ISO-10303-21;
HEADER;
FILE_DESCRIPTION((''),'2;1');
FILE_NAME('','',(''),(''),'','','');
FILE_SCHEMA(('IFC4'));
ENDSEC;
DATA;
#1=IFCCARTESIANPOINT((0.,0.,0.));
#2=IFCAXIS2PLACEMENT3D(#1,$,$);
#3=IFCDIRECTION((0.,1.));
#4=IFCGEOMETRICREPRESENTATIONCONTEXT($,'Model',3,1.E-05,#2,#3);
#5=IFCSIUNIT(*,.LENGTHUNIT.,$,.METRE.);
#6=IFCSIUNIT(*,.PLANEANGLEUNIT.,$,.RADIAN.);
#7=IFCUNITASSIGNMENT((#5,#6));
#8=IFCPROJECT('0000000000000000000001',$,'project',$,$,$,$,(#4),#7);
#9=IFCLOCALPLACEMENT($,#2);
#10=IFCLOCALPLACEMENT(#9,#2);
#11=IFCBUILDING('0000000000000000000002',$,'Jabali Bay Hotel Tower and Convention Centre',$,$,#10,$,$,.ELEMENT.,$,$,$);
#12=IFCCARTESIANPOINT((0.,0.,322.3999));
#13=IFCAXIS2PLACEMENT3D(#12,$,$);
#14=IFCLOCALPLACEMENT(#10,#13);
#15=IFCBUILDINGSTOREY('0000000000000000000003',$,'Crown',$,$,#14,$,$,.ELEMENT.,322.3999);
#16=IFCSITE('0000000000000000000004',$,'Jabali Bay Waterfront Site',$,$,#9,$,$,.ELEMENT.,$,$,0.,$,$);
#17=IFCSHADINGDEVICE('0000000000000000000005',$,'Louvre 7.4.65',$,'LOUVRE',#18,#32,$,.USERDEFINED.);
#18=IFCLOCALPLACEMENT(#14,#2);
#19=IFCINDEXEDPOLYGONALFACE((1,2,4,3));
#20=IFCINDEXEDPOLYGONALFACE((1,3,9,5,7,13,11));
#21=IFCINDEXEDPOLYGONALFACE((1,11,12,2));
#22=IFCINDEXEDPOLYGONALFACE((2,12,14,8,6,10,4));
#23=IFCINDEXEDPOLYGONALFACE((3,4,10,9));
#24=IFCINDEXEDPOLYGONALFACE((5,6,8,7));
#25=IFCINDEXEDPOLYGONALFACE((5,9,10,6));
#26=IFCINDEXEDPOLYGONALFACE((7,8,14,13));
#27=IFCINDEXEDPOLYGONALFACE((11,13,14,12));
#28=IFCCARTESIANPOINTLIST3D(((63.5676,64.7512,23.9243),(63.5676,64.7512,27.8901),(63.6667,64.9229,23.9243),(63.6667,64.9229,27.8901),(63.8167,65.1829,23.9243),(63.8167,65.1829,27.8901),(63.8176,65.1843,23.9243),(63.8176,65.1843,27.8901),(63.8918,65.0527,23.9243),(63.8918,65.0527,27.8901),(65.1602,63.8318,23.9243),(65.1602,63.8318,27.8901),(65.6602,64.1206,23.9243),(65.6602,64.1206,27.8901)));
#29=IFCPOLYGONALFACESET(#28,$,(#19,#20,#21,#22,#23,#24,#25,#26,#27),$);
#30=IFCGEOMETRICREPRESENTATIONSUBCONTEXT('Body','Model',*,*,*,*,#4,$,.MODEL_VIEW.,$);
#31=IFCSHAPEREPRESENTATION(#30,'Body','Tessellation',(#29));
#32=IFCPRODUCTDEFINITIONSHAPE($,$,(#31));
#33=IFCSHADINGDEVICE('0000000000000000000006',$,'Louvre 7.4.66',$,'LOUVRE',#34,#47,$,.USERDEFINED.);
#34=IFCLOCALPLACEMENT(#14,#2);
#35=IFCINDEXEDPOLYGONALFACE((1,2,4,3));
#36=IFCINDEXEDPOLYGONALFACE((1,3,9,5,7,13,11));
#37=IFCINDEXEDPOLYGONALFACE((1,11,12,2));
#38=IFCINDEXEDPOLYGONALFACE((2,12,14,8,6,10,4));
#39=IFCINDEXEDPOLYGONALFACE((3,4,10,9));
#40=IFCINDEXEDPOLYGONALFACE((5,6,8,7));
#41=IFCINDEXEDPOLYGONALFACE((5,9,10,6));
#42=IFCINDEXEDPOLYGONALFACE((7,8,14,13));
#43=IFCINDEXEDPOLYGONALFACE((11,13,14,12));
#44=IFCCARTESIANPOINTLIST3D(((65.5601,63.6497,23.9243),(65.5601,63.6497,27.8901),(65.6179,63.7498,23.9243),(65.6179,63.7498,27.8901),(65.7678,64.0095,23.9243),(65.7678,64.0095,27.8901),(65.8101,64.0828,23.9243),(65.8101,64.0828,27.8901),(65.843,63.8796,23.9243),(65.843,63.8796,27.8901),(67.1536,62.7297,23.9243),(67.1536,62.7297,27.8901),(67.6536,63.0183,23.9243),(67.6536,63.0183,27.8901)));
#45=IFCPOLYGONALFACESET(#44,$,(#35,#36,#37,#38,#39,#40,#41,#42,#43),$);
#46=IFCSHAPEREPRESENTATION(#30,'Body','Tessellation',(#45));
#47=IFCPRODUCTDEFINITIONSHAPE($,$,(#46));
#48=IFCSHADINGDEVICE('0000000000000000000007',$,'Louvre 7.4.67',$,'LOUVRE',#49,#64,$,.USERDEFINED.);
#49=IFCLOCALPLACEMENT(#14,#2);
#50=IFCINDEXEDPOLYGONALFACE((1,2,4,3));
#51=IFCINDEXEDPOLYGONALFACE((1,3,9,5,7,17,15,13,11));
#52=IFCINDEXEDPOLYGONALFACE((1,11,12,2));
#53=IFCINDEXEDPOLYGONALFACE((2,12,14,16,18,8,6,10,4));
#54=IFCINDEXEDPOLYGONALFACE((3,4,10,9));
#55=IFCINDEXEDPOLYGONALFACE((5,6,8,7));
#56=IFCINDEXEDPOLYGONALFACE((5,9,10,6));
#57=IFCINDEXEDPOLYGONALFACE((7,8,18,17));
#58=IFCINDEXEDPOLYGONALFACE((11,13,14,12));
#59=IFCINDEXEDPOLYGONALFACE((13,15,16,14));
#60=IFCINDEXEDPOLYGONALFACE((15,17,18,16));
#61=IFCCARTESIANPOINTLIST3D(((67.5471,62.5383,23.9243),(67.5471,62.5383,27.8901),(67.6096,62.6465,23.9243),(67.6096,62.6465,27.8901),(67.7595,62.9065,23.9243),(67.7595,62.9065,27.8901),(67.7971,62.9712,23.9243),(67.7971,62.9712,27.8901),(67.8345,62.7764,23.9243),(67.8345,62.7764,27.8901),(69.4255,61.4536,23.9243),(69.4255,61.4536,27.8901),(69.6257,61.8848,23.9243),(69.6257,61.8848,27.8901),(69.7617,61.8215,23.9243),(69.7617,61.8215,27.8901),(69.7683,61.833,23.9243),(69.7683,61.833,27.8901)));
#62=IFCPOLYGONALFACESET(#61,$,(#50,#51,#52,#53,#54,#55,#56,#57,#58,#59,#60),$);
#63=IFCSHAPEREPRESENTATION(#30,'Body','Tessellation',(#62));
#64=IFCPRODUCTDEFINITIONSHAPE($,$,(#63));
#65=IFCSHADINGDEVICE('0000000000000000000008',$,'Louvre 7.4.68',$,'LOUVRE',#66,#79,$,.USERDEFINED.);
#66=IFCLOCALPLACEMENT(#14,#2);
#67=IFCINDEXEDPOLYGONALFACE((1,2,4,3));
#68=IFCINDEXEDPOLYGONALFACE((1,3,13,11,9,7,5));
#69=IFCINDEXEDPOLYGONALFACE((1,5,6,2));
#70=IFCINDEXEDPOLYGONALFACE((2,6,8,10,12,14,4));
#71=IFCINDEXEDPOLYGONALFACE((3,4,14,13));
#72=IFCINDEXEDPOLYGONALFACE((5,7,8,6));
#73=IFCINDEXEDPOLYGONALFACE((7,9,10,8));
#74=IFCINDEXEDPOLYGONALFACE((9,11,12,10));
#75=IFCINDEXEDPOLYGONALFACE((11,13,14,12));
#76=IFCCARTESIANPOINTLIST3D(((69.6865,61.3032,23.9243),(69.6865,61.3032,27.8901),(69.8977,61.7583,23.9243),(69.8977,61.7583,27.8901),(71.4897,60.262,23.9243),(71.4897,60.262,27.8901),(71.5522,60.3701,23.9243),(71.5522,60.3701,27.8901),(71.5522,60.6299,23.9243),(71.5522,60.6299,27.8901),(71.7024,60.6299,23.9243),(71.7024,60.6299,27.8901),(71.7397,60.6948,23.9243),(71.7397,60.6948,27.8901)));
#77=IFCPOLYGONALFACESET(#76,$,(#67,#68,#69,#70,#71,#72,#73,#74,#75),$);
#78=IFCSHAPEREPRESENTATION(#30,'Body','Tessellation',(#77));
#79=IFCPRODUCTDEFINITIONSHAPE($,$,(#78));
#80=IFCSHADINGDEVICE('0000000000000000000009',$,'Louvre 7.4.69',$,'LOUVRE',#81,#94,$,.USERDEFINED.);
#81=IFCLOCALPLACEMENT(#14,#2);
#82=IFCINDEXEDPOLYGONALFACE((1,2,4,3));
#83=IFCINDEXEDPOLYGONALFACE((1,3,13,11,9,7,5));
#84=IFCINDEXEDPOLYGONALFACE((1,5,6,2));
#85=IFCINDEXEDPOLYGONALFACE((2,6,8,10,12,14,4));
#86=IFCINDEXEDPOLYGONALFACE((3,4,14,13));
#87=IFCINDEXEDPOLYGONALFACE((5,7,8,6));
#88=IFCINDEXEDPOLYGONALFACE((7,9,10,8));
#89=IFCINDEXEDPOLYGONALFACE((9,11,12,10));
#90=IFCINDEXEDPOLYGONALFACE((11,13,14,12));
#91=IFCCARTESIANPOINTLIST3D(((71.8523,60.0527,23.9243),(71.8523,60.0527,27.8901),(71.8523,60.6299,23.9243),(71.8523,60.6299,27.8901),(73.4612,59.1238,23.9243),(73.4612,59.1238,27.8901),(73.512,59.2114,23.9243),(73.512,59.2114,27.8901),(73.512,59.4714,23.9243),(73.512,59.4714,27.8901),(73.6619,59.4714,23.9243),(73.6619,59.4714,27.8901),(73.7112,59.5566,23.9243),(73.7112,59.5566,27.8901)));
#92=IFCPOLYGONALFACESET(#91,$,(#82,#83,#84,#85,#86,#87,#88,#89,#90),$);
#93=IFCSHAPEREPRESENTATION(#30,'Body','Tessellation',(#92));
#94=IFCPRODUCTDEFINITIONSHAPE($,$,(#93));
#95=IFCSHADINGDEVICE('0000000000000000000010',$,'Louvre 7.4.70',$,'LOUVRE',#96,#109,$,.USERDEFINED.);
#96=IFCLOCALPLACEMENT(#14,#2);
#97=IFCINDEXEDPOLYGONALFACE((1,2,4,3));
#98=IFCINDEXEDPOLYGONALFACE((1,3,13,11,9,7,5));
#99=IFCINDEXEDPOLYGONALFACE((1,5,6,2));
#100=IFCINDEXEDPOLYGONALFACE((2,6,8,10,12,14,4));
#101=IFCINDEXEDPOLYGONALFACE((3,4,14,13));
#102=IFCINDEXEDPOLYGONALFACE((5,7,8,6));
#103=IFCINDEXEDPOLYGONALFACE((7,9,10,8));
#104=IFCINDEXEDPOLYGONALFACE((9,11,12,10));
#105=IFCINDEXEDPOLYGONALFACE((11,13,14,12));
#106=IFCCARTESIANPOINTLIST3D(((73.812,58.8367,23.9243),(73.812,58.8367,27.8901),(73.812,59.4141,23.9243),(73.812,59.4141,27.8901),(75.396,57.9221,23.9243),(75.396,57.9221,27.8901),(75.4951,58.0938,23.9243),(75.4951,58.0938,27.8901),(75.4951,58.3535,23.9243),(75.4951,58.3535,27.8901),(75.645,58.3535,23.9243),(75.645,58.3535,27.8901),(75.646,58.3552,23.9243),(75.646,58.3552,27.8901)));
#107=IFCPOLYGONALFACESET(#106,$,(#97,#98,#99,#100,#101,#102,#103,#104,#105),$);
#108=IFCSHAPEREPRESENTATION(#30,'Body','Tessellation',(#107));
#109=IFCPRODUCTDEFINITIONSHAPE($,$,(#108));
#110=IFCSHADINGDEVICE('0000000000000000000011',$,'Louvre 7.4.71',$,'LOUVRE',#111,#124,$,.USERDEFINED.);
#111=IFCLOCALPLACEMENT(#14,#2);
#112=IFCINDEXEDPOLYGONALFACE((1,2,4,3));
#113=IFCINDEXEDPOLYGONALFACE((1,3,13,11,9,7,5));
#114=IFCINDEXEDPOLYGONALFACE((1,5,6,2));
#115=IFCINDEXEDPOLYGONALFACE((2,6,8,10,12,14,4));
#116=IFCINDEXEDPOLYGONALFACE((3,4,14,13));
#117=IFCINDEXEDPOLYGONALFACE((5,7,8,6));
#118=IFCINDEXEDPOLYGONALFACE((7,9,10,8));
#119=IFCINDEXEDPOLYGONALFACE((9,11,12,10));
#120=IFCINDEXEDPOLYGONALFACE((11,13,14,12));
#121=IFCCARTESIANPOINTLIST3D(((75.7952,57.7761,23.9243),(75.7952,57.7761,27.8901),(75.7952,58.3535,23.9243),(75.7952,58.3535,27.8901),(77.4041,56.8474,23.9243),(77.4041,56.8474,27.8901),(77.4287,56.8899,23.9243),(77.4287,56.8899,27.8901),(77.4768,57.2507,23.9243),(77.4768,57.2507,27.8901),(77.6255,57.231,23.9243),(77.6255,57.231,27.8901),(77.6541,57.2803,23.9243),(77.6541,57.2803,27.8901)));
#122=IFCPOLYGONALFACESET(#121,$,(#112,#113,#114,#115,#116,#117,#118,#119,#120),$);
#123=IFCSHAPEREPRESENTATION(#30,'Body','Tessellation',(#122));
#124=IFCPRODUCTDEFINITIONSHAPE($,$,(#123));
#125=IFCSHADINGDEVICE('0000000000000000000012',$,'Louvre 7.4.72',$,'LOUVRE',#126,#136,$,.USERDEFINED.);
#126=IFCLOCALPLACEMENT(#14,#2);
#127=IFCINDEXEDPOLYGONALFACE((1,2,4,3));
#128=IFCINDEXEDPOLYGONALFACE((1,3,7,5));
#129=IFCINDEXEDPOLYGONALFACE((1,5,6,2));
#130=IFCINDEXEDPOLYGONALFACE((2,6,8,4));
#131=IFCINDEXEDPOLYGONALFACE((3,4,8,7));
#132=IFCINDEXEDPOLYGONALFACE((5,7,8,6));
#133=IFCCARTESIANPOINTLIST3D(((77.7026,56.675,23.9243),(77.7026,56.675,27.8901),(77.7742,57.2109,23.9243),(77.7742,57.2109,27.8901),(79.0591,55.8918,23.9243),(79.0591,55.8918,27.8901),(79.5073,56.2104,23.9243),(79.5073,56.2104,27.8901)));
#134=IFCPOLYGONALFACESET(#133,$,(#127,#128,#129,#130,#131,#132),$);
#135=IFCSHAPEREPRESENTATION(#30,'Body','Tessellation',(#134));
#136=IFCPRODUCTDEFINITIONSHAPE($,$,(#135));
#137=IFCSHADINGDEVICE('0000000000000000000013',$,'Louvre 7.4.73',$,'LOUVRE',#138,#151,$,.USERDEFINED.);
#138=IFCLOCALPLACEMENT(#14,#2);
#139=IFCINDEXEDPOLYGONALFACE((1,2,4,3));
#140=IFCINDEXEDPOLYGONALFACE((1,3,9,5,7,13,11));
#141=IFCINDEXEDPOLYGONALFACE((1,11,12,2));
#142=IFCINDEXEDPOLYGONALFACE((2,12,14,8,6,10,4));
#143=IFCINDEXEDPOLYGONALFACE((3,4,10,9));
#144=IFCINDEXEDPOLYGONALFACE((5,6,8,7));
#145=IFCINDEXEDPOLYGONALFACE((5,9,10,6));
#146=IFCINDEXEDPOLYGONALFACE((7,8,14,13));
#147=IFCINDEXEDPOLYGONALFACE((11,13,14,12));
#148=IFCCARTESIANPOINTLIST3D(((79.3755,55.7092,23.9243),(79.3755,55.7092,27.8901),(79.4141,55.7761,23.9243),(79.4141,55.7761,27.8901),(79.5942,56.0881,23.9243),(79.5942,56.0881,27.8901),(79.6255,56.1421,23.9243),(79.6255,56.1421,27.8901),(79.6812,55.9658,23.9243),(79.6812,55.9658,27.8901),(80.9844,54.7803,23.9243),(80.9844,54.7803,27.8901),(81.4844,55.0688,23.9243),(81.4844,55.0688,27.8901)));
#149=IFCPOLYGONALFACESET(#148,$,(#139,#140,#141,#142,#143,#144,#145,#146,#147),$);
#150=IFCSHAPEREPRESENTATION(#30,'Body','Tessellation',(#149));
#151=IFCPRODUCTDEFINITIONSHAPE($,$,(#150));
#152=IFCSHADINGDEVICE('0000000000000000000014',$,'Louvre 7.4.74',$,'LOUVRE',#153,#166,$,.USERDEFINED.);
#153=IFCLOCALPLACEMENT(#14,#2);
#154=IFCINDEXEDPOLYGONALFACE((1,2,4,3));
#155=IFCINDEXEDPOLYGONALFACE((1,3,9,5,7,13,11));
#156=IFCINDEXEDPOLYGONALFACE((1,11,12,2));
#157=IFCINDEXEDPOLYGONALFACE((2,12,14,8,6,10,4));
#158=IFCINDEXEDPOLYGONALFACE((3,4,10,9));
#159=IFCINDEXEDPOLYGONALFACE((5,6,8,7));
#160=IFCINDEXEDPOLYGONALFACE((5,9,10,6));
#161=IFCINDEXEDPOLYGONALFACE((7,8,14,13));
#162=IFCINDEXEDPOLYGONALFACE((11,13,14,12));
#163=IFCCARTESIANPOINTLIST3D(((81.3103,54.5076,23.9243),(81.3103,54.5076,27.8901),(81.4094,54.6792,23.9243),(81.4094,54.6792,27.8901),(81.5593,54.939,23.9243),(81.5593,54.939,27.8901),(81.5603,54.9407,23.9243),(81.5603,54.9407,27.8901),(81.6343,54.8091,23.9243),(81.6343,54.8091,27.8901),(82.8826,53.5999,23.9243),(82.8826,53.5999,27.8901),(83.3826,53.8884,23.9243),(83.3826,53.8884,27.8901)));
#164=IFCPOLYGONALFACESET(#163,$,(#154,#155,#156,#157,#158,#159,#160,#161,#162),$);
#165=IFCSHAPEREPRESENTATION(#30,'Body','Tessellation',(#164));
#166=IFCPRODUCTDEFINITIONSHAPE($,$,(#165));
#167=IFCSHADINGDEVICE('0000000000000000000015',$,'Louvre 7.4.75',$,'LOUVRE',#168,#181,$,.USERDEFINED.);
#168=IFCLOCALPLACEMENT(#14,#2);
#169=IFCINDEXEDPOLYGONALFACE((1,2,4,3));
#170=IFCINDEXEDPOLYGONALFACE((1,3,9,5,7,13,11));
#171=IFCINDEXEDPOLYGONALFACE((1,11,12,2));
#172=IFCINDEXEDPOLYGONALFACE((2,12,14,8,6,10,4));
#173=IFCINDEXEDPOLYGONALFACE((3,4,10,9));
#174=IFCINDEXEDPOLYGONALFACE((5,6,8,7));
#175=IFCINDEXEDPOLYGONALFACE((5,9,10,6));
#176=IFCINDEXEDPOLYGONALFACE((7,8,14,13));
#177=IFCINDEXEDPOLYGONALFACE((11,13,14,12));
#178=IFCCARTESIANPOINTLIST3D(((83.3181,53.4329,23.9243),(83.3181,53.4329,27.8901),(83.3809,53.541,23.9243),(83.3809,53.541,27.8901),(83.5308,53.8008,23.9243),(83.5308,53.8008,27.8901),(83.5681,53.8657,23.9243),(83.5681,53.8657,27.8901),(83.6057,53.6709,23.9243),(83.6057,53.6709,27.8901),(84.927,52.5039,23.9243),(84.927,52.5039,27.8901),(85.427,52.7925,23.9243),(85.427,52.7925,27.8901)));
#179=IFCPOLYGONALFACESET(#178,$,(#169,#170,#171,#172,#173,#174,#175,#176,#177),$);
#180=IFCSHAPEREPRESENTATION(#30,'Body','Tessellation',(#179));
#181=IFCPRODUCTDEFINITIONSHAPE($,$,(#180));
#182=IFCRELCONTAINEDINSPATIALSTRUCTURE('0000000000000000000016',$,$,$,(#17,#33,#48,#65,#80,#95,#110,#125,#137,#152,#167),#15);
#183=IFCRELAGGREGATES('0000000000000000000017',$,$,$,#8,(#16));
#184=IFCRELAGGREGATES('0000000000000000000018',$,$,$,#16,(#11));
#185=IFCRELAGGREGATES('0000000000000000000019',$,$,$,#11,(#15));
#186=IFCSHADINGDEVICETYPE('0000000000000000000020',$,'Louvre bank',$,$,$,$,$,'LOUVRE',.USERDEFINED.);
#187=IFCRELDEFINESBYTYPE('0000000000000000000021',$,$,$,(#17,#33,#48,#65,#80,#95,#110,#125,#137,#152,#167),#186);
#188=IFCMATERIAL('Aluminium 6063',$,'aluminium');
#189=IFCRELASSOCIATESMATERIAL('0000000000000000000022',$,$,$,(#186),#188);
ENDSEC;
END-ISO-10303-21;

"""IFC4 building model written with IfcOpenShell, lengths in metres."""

from ifc_helpers import new_model, si_unit, direction, frame, origin, place, context, subcontext, project, spatial, polyline, outline, extrude, material, type_object, element, save


model = new_model("IFC4")

# Units and contexts
model_context = context("Model", 3, precision=1e-05, world=origin(), true_north=direction((0.0, 1.0)))
body_context = subcontext(model_context, "Body", "Model", "MODEL_VIEW")
ifc_project = project(units=[si_unit("LENGTHUNIT", "METRE"), si_unit("PLANEANGLEUNIT", "RADIAN")], contexts=[model_context])

# Site, building, storey
site_placement = place(None, origin())
site = spatial("IfcSite", under=ifc_project, at=site_placement, Name="Jabali Bay Waterfront Site", CompositionType="ELEMENT", RefElevation=0.0)
building_placement = place(site_placement, origin())
building = spatial("IfcBuilding", under=site, at=building_placement, Name="Jabali Bay Hotel Tower and Convention Centre", CompositionType="ELEMENT")
storey_placement = place(building_placement, frame((0.0, 0.0, 322.3999)))
storey = spatial("IfcBuildingStorey", under=building, at=storey_placement, Name="Crown", CompositionType="ELEMENT", Elevation=322.3999)

# Shading devices
ifc_material_1 = material(Name="Aluminium 6063", Category="aluminium")
shading_device_type = type_object("IfcShadingDeviceType", Name="Louvre bank", ElementType="LOUVRE", PredefinedType="USERDEFINED", material=ifc_material_1)
shading_device_1_placement = place(storey_placement, frame((0.0, 0.0, 23.9243)))
element("IfcShadingDevice", 1, at=shading_device_1_placement, inside=storey, type_object=shading_device_type, Name="Louvre 7.4.65", ObjectType="LOUVRE", PredefinedType="USERDEFINED", context=body_context, shape_type="SweptSolid", body=[
    extrude(outline(polyline([(65.6602, 64.1206), (63.8176, 65.1843), (63.8167, 65.1829), (63.8918, 65.0527), (63.6667, 64.9229), (63.5676, 64.7512), (65.1602, 63.8318), (65.6602, 64.1206)])), origin(), (0.0, 0.0, 1.0), 3.9658),
])
shading_device_2_placement = place(storey_placement, frame((0.0, 0.0, 23.9243)))
element("IfcShadingDevice", 2, at=shading_device_2_placement, inside=storey, type_object=shading_device_type, Name="Louvre 7.4.66", ObjectType="LOUVRE", PredefinedType="USERDEFINED", context=body_context, shape_type="SweptSolid", body=[
    extrude(outline(polyline([(67.6536, 63.0183), (65.8101, 64.0828), (65.7678, 64.0095), (65.843, 63.8796), (65.6179, 63.7498), (65.5601, 63.6497), (67.1536, 62.7297), (67.6536, 63.0183)])), origin(), (0.0, 0.0, 1.0), 3.9658),
])
shading_device_3_placement = place(storey_placement, frame((0.0, 0.0, 23.9243)))
element("IfcShadingDevice", 3, at=shading_device_3_placement, inside=storey, type_object=shading_device_type, Name="Louvre 7.4.67", ObjectType="LOUVRE", PredefinedType="USERDEFINED", context=body_context, shape_type="SweptSolid", body=[
    extrude(outline(polyline([(69.7683, 61.833), (67.7971, 62.9712), (67.7595, 62.9065), (67.8345, 62.7764), (67.6096, 62.6465), (67.5471, 62.5383), (69.4255, 61.4536), (69.6257, 61.8848), (69.7617, 61.8215), (69.7683, 61.833)])), origin(), (0.0, 0.0, 1.0), 3.9658),
])
shading_device_4_placement = place(storey_placement, frame((0.0, 0.0, 23.9243)))
element("IfcShadingDevice", 4, at=shading_device_4_placement, inside=storey, type_object=shading_device_type, Name="Louvre 7.4.68", ObjectType="LOUVRE", PredefinedType="USERDEFINED", context=body_context, shape_type="SweptSolid", body=[
    extrude(outline(polyline([(71.7397, 60.6948), (69.8977, 61.7583), (69.6865, 61.3032), (71.4897, 60.262), (71.5522, 60.3701), (71.5522, 60.6299), (71.7024, 60.6299), (71.7397, 60.6948)])), origin(), (0.0, 0.0, 1.0), 3.9658),
])
shading_device_5_placement = place(storey_placement, frame((0.0, 0.0, 23.9243)))
element("IfcShadingDevice", 5, at=shading_device_5_placement, inside=storey, type_object=shading_device_type, Name="Louvre 7.4.69", ObjectType="LOUVRE", PredefinedType="USERDEFINED", context=body_context, shape_type="SweptSolid", body=[
    extrude(outline(polyline([(73.7112, 59.5566), (71.8523, 60.6299), (71.8523, 60.0527), (73.4612, 59.1238), (73.512, 59.2114), (73.512, 59.4714), (73.6619, 59.4714), (73.7112, 59.5566)])), origin(), (0.0, 0.0, 1.0), 3.9658),
])
shading_device_6_placement = place(storey_placement, frame((0.0, 0.0, 23.9243)))
element("IfcShadingDevice", 6, at=shading_device_6_placement, inside=storey, type_object=shading_device_type, Name="Louvre 7.4.70", ObjectType="LOUVRE", PredefinedType="USERDEFINED", context=body_context, shape_type="SweptSolid", body=[
    extrude(outline(polyline([(75.646, 58.3552), (73.812, 59.4141), (73.812, 58.8367), (75.396, 57.9221), (75.4951, 58.0938), (75.4951, 58.3535), (75.645, 58.3535), (75.646, 58.3552)])), origin(), (0.0, 0.0, 1.0), 3.9658),
])
shading_device_7_placement = place(storey_placement, frame((0.0, 0.0, 23.9243)))
element("IfcShadingDevice", 7, at=shading_device_7_placement, inside=storey, type_object=shading_device_type, Name="Louvre 7.4.71", ObjectType="LOUVRE", PredefinedType="USERDEFINED", context=body_context, shape_type="SweptSolid", body=[
    extrude(outline(polyline([(77.6541, 57.2803), (75.7952, 58.3535), (75.7952, 57.7761), (77.4041, 56.8474), (77.4287, 56.8899), (77.4768, 57.2507), (77.6255, 57.231), (77.6541, 57.2803)])), origin(), (0.0, 0.0, 1.0), 3.9658),
])
shading_device_8_placement = place(storey_placement, frame((0.0, 0.0, 23.9243)))
element("IfcShadingDevice", 8, at=shading_device_8_placement, inside=storey, type_object=shading_device_type, Name="Louvre 7.4.72", ObjectType="LOUVRE", PredefinedType="USERDEFINED", context=body_context, shape_type="SweptSolid", body=[
    extrude(outline(polyline([(79.5073, 56.2104), (77.7742, 57.2109), (77.7026, 56.675), (79.0591, 55.8918), (79.5073, 56.2104)])), origin(), (0.0, 0.0, 1.0), 3.9658),
])
shading_device_9_placement = place(storey_placement, frame((0.0, 0.0, 23.9243)))
element("IfcShadingDevice", 9, at=shading_device_9_placement, inside=storey, type_object=shading_device_type, Name="Louvre 7.4.73", ObjectType="LOUVRE", PredefinedType="USERDEFINED", context=body_context, shape_type="SweptSolid", body=[
    extrude(outline(polyline([(81.4844, 55.0688), (79.6255, 56.1421), (79.5942, 56.0881), (79.6812, 55.9658), (79.4141, 55.7761), (79.3755, 55.7092), (80.9844, 54.7803), (81.4844, 55.0688)])), origin(), (0.0, 0.0, 1.0), 3.9658),
])
shading_device_10_placement = place(storey_placement, frame((0.0, 0.0, 23.9243)))
element("IfcShadingDevice", 10, at=shading_device_10_placement, inside=storey, type_object=shading_device_type, Name="Louvre 7.4.74", ObjectType="LOUVRE", PredefinedType="USERDEFINED", context=body_context, shape_type="SweptSolid", body=[
    extrude(outline(polyline([(83.3826, 53.8884), (81.5603, 54.9407), (81.5593, 54.939), (81.6343, 54.8091), (81.4094, 54.6792), (81.3103, 54.5076), (82.8826, 53.5999), (83.3826, 53.8884)])), origin(), (0.0, 0.0, 1.0), 3.9658),
])
shading_device_11_placement = place(storey_placement, frame((0.0, 0.0, 23.9243)))
element("IfcShadingDevice", 11, at=shading_device_11_placement, inside=storey, type_object=shading_device_type, Name="Louvre 7.4.75", ObjectType="LOUVRE", PredefinedType="USERDEFINED", context=body_context, shape_type="SweptSolid", body=[
    extrude(outline(polyline([(85.427, 52.7925), (83.5681, 53.8657), (83.5308, 53.8008), (83.6057, 53.6709), (83.3809, 53.541), (83.3181, 53.4329), (84.927, 52.5039), (85.427, 52.7925)])), origin(), (0.0, 0.0, 1.0), 3.9658),
])

save(model, "model.ifc")
